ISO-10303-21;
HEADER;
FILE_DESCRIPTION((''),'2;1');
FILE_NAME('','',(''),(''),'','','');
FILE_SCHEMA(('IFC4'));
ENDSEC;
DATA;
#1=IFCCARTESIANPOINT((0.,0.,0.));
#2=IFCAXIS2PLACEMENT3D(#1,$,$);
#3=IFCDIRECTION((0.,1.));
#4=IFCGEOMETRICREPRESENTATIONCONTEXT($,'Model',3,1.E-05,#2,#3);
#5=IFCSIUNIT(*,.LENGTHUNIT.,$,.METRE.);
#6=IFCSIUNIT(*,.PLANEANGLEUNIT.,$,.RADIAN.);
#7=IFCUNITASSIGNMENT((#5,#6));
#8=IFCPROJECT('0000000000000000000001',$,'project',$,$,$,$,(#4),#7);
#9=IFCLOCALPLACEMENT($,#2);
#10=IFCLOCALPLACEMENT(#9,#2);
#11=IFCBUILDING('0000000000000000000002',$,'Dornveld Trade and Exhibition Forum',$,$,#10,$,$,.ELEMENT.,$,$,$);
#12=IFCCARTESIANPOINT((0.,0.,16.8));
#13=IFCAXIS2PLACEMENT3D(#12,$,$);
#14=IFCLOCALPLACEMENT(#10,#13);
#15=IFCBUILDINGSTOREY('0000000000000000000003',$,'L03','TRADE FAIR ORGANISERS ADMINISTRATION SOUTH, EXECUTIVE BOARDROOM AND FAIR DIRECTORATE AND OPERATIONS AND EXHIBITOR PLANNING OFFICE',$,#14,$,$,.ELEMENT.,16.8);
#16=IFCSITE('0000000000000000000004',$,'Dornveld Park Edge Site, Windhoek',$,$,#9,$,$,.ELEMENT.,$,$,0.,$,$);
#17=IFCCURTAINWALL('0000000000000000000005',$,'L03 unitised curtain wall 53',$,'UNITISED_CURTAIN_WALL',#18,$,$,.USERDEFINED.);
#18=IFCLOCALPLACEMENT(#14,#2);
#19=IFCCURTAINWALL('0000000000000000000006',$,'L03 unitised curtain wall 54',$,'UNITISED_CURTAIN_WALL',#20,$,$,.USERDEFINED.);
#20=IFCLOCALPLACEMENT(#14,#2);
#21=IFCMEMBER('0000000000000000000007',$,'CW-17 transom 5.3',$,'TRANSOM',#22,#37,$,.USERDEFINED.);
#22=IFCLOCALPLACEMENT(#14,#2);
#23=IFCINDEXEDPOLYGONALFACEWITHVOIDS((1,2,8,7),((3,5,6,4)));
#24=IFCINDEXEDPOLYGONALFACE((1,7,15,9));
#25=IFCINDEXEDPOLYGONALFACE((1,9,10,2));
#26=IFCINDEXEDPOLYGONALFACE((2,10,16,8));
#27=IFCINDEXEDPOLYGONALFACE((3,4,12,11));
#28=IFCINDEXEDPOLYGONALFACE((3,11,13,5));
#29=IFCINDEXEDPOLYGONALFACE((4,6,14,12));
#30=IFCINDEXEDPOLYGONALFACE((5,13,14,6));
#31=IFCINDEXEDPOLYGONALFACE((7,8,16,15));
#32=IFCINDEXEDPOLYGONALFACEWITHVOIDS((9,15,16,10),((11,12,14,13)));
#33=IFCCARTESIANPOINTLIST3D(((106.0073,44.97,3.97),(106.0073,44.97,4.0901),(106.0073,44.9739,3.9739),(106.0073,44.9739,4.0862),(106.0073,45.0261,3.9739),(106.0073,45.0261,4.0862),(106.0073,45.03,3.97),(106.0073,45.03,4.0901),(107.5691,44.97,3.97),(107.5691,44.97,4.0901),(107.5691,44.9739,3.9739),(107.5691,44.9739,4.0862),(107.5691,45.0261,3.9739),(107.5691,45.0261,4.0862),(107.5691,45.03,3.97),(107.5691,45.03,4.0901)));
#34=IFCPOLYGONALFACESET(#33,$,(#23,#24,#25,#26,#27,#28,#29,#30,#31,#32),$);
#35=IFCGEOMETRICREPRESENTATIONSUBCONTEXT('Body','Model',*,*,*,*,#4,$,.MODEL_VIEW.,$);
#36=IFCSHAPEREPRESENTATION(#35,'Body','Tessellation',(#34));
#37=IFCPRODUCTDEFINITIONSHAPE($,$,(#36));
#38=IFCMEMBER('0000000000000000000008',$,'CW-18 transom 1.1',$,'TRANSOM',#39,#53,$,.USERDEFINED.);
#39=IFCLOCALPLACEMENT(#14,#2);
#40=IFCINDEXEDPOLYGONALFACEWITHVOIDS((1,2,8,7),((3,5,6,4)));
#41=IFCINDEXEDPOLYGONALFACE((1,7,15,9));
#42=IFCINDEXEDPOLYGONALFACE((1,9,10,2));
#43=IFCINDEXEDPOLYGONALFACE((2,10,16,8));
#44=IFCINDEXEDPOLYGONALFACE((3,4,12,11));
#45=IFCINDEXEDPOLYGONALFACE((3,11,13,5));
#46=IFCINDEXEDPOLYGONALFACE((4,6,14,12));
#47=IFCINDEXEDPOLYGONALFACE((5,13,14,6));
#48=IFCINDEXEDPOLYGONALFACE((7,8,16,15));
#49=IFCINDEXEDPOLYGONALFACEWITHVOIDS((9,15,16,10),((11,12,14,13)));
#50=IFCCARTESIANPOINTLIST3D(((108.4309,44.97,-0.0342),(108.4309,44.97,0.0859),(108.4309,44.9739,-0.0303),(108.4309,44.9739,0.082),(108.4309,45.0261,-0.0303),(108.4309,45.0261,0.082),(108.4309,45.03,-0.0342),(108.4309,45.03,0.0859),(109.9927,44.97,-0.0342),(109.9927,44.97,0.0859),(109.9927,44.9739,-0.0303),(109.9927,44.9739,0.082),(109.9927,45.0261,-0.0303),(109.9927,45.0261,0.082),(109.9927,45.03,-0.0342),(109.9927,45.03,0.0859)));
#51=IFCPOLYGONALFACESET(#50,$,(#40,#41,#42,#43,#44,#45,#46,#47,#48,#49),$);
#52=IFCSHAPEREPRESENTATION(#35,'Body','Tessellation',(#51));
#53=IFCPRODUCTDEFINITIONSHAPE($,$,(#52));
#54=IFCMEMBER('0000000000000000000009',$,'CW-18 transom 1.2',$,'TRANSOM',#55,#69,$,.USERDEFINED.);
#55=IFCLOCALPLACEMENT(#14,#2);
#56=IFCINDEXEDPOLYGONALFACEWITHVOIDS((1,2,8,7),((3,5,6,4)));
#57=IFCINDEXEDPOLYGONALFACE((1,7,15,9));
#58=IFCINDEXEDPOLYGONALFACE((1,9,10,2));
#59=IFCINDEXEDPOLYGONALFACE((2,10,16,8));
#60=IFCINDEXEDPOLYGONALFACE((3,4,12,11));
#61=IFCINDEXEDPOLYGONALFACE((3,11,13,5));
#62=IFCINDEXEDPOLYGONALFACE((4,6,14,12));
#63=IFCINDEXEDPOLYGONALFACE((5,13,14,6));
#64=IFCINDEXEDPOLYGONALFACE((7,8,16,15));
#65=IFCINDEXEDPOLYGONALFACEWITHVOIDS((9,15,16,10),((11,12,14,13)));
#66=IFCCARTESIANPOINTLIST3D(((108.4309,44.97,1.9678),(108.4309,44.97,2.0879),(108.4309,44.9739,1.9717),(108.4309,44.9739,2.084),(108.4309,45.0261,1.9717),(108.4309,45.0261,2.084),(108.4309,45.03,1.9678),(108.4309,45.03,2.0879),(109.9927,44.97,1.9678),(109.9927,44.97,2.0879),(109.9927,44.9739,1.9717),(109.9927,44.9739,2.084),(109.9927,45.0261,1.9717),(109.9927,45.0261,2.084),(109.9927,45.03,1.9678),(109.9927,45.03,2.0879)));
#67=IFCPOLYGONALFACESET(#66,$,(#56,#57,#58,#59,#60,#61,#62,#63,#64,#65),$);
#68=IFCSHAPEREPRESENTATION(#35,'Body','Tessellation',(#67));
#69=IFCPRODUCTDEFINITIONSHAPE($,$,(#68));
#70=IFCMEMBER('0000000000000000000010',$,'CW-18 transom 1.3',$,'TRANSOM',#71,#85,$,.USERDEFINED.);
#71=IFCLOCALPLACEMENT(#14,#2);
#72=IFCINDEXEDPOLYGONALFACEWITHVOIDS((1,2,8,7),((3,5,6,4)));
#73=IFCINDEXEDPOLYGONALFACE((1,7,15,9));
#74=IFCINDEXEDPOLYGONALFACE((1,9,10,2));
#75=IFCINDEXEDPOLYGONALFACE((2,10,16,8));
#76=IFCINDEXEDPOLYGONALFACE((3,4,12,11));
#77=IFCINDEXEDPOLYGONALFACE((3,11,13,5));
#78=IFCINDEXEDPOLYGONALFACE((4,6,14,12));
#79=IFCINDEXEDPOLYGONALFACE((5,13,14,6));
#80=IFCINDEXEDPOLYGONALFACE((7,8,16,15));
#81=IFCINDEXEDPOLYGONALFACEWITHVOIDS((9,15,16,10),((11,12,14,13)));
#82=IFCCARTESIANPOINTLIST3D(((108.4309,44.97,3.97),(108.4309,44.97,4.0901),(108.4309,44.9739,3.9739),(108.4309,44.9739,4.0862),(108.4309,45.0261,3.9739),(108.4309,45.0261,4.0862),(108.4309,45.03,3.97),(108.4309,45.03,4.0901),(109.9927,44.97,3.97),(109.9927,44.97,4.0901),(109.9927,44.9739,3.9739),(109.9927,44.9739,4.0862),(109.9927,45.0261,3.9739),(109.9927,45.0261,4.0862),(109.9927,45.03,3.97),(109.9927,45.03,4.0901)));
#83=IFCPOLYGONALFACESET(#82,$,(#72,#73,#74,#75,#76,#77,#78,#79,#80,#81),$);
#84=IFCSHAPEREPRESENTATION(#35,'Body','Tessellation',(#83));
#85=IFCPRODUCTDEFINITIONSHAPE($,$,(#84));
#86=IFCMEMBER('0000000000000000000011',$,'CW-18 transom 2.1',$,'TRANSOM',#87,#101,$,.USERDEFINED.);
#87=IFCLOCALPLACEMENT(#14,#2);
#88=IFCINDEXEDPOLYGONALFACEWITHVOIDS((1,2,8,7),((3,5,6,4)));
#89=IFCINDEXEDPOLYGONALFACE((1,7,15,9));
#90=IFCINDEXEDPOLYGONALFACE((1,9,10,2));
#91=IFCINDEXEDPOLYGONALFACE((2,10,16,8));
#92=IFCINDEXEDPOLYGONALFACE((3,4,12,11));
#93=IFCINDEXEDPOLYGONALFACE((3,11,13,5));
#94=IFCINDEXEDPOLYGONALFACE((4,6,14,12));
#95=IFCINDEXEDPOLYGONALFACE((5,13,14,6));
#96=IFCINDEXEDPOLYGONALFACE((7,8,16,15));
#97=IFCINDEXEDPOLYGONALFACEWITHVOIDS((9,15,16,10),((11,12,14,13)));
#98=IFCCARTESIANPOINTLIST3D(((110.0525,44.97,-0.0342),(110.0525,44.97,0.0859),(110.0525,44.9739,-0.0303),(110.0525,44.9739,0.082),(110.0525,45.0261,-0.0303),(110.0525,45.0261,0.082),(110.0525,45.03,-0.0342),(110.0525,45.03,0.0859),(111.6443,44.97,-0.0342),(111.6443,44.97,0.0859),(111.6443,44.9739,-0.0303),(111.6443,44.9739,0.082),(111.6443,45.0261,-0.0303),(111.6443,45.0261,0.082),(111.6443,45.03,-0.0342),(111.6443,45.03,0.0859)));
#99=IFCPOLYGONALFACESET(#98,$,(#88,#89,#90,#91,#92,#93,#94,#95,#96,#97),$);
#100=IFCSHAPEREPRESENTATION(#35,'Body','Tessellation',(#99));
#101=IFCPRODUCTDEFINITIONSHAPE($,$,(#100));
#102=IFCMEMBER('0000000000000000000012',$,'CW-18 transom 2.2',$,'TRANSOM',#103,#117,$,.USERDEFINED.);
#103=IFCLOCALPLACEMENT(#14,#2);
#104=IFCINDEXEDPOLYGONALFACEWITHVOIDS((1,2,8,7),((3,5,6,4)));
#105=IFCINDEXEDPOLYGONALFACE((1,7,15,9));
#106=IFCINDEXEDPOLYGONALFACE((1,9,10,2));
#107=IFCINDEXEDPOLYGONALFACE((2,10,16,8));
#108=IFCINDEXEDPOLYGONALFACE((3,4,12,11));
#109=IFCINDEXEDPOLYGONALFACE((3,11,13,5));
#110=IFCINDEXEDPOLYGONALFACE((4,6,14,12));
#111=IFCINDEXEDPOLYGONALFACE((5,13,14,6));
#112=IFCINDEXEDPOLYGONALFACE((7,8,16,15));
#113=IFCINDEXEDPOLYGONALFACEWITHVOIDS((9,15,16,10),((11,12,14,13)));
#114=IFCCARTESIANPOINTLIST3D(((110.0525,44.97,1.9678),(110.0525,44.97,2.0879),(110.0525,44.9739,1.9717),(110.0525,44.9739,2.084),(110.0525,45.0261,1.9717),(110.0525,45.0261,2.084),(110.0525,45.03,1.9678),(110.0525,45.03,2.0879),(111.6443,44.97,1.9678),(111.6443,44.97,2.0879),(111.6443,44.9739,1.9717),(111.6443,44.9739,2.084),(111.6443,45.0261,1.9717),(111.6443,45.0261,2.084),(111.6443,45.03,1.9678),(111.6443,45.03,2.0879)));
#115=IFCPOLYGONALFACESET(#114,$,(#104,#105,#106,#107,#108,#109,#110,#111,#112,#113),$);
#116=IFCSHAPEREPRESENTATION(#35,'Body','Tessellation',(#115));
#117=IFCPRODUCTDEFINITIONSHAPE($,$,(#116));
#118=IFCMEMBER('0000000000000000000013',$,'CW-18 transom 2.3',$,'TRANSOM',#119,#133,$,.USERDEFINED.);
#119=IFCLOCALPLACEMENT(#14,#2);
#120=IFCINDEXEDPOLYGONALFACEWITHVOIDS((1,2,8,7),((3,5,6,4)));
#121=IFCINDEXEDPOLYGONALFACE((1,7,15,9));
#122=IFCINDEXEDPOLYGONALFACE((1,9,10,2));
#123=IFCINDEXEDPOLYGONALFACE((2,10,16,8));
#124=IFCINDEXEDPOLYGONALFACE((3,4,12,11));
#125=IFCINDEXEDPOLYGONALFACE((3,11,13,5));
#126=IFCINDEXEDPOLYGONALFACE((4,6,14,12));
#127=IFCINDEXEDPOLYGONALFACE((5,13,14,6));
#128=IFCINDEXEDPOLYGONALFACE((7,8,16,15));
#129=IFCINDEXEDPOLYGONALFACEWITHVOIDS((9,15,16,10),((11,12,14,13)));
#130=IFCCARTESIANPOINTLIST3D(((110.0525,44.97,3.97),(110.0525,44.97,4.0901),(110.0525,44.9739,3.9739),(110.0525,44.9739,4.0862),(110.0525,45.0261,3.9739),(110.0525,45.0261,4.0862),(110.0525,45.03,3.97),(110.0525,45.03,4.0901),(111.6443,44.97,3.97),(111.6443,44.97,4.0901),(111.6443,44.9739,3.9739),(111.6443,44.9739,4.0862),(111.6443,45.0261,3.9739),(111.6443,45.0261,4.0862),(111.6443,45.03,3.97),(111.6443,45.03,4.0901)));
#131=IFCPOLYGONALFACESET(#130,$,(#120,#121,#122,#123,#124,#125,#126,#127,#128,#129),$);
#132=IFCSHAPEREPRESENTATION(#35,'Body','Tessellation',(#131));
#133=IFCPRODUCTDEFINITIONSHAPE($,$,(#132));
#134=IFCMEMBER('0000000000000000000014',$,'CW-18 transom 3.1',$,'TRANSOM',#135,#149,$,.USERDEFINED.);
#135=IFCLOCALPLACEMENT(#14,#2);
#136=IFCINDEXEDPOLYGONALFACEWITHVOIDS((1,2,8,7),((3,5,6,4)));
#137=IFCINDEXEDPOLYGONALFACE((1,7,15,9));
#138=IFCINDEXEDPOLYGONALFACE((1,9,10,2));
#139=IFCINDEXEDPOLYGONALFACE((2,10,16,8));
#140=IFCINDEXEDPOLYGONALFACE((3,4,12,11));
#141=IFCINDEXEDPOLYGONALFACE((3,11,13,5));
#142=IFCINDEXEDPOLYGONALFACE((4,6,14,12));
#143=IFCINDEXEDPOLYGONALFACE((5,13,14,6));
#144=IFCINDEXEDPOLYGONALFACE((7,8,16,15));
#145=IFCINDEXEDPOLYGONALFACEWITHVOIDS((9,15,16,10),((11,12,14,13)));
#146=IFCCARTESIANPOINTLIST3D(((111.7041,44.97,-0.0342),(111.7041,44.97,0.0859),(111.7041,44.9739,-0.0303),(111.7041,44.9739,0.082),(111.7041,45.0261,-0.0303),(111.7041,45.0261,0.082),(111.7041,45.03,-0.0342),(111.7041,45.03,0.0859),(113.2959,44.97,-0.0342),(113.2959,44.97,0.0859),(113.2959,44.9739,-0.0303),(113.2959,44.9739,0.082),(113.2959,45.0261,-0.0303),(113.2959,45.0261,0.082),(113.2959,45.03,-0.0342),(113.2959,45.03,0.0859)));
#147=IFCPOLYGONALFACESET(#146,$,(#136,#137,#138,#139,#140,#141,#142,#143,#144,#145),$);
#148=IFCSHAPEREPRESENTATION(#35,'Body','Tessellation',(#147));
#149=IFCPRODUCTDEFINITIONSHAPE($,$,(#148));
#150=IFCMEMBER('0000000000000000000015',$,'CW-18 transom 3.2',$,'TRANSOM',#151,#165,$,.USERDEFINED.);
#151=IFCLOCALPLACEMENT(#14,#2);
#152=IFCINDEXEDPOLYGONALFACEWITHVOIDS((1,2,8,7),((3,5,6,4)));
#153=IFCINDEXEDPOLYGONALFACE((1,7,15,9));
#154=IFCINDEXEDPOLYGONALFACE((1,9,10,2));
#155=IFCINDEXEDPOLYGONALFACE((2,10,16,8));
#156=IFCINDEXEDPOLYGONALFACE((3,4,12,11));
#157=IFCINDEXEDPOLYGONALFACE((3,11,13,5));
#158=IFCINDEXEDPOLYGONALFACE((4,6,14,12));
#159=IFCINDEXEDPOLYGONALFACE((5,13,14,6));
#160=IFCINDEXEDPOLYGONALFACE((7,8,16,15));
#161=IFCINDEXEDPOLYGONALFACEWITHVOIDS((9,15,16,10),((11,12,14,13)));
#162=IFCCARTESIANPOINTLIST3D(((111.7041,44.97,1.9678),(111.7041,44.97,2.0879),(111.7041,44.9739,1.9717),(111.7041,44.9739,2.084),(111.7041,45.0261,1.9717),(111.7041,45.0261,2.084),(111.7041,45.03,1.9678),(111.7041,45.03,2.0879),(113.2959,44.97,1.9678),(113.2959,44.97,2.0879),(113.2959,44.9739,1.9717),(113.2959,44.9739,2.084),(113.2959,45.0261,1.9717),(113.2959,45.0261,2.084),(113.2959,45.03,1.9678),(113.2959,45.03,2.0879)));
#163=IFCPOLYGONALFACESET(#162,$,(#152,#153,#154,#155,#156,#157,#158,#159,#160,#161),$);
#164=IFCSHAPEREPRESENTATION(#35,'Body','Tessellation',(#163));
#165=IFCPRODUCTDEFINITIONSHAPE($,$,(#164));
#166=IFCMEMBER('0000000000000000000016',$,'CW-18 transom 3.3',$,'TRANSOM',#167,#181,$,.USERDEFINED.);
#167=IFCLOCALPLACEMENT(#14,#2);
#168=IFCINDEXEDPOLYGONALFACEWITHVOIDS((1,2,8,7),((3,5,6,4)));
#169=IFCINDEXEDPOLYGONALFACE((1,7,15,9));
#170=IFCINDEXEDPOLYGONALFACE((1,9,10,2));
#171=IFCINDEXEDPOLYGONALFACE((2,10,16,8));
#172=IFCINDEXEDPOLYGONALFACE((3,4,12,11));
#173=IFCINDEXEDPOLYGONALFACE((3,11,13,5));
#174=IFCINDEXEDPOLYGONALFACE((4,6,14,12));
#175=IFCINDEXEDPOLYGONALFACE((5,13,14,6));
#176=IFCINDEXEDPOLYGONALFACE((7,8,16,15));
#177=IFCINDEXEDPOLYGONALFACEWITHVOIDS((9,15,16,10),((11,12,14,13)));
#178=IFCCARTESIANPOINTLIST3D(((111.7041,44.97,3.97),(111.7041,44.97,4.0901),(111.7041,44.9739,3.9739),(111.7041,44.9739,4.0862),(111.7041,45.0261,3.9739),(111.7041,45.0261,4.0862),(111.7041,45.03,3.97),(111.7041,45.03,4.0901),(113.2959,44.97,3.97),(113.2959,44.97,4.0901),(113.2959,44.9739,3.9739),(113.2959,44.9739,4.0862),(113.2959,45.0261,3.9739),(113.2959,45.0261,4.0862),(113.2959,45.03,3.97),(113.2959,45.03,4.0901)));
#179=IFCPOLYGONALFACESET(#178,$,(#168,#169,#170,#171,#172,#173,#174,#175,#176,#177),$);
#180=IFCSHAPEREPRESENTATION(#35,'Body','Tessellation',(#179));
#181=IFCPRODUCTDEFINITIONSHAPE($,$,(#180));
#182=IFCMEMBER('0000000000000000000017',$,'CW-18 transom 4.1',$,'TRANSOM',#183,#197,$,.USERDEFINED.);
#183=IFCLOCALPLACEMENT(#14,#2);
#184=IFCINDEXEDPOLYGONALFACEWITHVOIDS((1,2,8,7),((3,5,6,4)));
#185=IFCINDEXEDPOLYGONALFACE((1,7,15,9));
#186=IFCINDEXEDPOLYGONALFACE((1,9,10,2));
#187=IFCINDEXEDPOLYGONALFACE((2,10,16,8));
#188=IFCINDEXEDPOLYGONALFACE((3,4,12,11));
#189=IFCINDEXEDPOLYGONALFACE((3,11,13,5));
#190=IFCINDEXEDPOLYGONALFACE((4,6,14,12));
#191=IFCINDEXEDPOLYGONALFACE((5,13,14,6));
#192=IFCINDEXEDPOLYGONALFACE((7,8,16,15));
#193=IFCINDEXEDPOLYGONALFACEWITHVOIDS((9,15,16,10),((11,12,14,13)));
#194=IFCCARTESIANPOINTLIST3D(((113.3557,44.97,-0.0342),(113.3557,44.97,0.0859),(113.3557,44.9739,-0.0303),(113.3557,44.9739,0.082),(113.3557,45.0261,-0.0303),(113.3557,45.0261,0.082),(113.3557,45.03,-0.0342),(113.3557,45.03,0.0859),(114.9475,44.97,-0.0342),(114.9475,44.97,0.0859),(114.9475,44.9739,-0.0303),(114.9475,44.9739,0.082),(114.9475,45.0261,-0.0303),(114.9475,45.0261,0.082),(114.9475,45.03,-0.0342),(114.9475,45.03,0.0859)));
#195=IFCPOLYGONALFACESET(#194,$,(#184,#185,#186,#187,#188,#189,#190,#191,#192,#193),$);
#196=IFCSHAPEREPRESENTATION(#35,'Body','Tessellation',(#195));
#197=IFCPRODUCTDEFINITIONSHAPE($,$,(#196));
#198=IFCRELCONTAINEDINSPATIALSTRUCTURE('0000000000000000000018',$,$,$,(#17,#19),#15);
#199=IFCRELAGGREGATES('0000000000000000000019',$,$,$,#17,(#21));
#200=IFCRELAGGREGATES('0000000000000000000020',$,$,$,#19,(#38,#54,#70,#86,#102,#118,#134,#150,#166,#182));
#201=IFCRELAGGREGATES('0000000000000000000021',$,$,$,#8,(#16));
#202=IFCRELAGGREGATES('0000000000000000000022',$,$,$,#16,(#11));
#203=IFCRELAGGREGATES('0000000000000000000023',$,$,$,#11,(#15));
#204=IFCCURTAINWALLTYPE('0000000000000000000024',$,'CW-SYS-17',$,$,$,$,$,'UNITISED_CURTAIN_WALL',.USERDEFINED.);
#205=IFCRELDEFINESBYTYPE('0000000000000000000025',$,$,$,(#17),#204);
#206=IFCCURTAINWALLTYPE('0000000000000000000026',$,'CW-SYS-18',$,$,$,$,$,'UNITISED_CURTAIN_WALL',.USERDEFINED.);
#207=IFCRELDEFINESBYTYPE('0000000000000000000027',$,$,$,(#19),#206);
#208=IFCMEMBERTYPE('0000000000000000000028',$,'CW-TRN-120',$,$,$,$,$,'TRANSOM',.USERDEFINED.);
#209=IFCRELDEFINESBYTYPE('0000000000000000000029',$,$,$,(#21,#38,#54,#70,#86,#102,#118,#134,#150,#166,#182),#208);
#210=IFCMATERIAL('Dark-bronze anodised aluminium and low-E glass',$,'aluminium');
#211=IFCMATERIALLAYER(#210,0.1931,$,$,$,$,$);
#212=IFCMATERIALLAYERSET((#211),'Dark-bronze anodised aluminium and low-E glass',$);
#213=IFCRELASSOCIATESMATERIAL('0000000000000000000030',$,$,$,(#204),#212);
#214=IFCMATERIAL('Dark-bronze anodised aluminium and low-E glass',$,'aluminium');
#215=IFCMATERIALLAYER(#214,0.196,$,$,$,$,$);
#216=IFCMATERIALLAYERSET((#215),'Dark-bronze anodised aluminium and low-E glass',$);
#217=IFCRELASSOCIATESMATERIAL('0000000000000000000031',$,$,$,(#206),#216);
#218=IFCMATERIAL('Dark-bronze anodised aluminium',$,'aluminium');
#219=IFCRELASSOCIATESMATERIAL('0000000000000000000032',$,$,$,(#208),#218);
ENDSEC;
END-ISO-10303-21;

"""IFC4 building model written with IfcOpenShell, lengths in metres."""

from ifc_helpers import new_model, si_unit, direction, frame, origin, origin_2d, place, context, subcontext, project, spatial, hollow_rectangle, extrude, material, layer, layer_set, material_profile, profile_set, type_object, element, aggregate, save


model = new_model("IFC4")

# Units and contexts
model_context = context("Model", 3, precision=1e-05, world=origin(), true_north=direction((0.0, 1.0)))
body_context = subcontext(model_context, "Body", "Model", "MODEL_VIEW")
ifc_project = project(units=[si_unit("LENGTHUNIT", "METRE"), si_unit("PLANEANGLEUNIT", "RADIAN")], contexts=[model_context])

# Site, building, storey
site_placement = place(None, origin())
site = spatial("IfcSite", under=ifc_project, at=site_placement, Name="Dornveld Park Edge Site, Windhoek", CompositionType="ELEMENT", RefElevation=0.0)
building_placement = place(site_placement, origin())
building = spatial("IfcBuilding", under=site, at=building_placement, Name="Dornveld Trade and Exhibition Forum", CompositionType="ELEMENT")
storey_placement = place(building_placement, frame((0.0, 0.0, 16.8)))
storey = spatial("IfcBuildingStorey", under=building, at=storey_placement, Name="L03", Description="TRADE FAIR ORGANISERS ADMINISTRATION SOUTH, EXECUTIVE BOARDROOM AND FAIR DIRECTORATE AND OPERATIONS AND EXHIBITOR PLANNING OFFICE", CompositionType="ELEMENT", Elevation=16.8)

# Curtain walls
ifc_material_1 = material(Name="Dark-bronze anodised aluminium and low-E glass", Category="aluminium")
ifc_layer_1 = layer(ifc_material_1, 0.1931)
ifc_layer_set_1 = layer_set([ifc_layer_1], Name="Dark-bronze anodised aluminium and low-E glass")
curtain_wall_type_1 = type_object("IfcCurtainWallType", Name="CW-SYS-17", ElementType="UNITISED_CURTAIN_WALL", PredefinedType="USERDEFINED", material=ifc_layer_set_1)
curtain_wall_1_placement = place(storey_placement, origin())
curtain_wall_1 = element("IfcCurtainWall", 1, at=curtain_wall_1_placement, inside=storey, type_object=curtain_wall_type_1, Name="L03 unitised curtain wall 53", ObjectType="UNITISED_CURTAIN_WALL", PredefinedType="USERDEFINED")
ifc_material_2 = material(Name="Dark-bronze anodised aluminium and low-E glass", Category="aluminium")
ifc_layer_2 = layer(ifc_material_2, 0.196)
ifc_layer_set_2 = layer_set([ifc_layer_2], Name="Dark-bronze anodised aluminium and low-E glass")
curtain_wall_type_2 = type_object("IfcCurtainWallType", Name="CW-SYS-18", ElementType="UNITISED_CURTAIN_WALL", PredefinedType="USERDEFINED", material=ifc_layer_set_2)
curtain_wall_2_placement = place(storey_placement, origin())
curtain_wall_2 = element("IfcCurtainWall", 2, at=curtain_wall_2_placement, inside=storey, type_object=curtain_wall_type_2, Name="L03 unitised curtain wall 54", ObjectType="UNITISED_CURTAIN_WALL", PredefinedType="USERDEFINED")

# Members
ifc_material_3 = material(Name="Dark-bronze anodised aluminium", Category="aluminium")
ifc_material_profile_1 = material_profile(ifc_material_3, hollow_rectangle(XDim=0.0601, YDim=0.1201, WallThickness=0.0039, at=origin_2d()), Name="RHS 120x60x4")
ifc_profile_set_1 = profile_set([ifc_material_profile_1], Name="Dark-bronze anodised aluminium")
member_type_1 = type_object("IfcMemberType", Name="CW-TRN-120", ElementType="TRANSOM", PredefinedType="USERDEFINED", material=ifc_profile_set_1)
member_1_placement = place(storey_placement, frame((106.0073, 45.0, 4.03), z_axis=(1.0, 0.0, 0.0), x_axis=(0.0, 1.0, 0.0)))
member_1 = element("IfcMember", 3, at=member_1_placement, type_object=member_type_1, Name="CW-17 transom 5.3", ObjectType="TRANSOM", PredefinedType="USERDEFINED", context=body_context, shape_type="SweptSolid", body=[
    extrude(hollow_rectangle(XDim=0.0601, YDim=0.1201, WallThickness=0.0039, at=origin_2d()), origin(), (0.0, 0.0, 1.0), 1.5618),
])
member_2_placement = place(storey_placement, frame((108.4309, 45.0, 0.0259), z_axis=(1.0, 0.0, 0.0), x_axis=(0.0, 1.0, 0.0)))
member_2 = element("IfcMember", 4, at=member_2_placement, type_object=member_type_1, Name="CW-18 transom 1.1", ObjectType="TRANSOM", PredefinedType="USERDEFINED", context=body_context, shape_type="SweptSolid", body=[
    extrude(hollow_rectangle(XDim=0.0601, YDim=0.1201, WallThickness=0.0039, at=origin_2d()), origin(), (0.0, 0.0, 1.0), 1.5618),
])
member_3_placement = place(storey_placement, frame((108.4309, 45.0, 2.0278), z_axis=(1.0, 0.0, 0.0), x_axis=(0.0, 1.0, 0.0)))
member_3 = element("IfcMember", 5, at=member_3_placement, type_object=member_type_1, Name="CW-18 transom 1.2", ObjectType="TRANSOM", PredefinedType="USERDEFINED", context=body_context, shape_type="SweptSolid", body=[
    extrude(hollow_rectangle(XDim=0.0601, YDim=0.1201, WallThickness=0.0039, at=origin_2d()), origin(), (0.0, 0.0, 1.0), 1.5618),
])
member_4_placement = place(storey_placement, frame((108.4309, 45.0, 4.03), z_axis=(1.0, 0.0, 0.0), x_axis=(0.0, 1.0, 0.0)))
member_4 = element("IfcMember", 6, at=member_4_placement, type_object=member_type_1, Name="CW-18 transom 1.3", ObjectType="TRANSOM", PredefinedType="USERDEFINED", context=body_context, shape_type="SweptSolid", body=[
    extrude(hollow_rectangle(XDim=0.0601, YDim=0.1201, WallThickness=0.0039, at=origin_2d()), origin(), (0.0, 0.0, 1.0), 1.5618),
])
member_5_placement = place(storey_placement, frame((110.0525, 45.0, 0.0259), z_axis=(1.0, 0.0, 0.0), x_axis=(0.0, 1.0, 0.0)))
member_5 = element("IfcMember", 7, at=member_5_placement, type_object=member_type_1, Name="CW-18 transom 2.1", ObjectType="TRANSOM", PredefinedType="USERDEFINED", context=body_context, shape_type="SweptSolid", body=[
    extrude(hollow_rectangle(XDim=0.0601, YDim=0.1201, WallThickness=0.0039, at=origin_2d()), origin(), (0.0, 0.0, 1.0), 1.5918),
])
member_6_placement = place(storey_placement, frame((110.0525, 45.0, 2.0278), z_axis=(1.0, 0.0, 0.0), x_axis=(0.0, 1.0, 0.0)))
member_6 = element("IfcMember", 8, at=member_6_placement, type_object=member_type_1, Name="CW-18 transom 2.2", ObjectType="TRANSOM", PredefinedType="USERDEFINED", context=body_context, shape_type="SweptSolid", body=[
    extrude(hollow_rectangle(XDim=0.0601, YDim=0.1201, WallThickness=0.0039, at=origin_2d()), origin(), (0.0, 0.0, 1.0), 1.5918),
])
member_7_placement = place(storey_placement, frame((110.0525, 45.0, 4.03), z_axis=(1.0, 0.0, 0.0), x_axis=(0.0, 1.0, 0.0)))
member_7 = element("IfcMember", 9, at=member_7_placement, type_object=member_type_1, Name="CW-18 transom 2.3", ObjectType="TRANSOM", PredefinedType="USERDEFINED", context=body_context, shape_type="SweptSolid", body=[
    extrude(hollow_rectangle(XDim=0.0601, YDim=0.1201, WallThickness=0.0039, at=origin_2d()), origin(), (0.0, 0.0, 1.0), 1.5918),
])
member_8_placement = place(storey_placement, frame((111.7041, 45.0, 0.0259), z_axis=(1.0, 0.0, 0.0), x_axis=(0.0, 1.0, 0.0)))
member_8 = element("IfcMember", 10, at=member_8_placement, type_object=member_type_1, Name="CW-18 transom 3.1", ObjectType="TRANSOM", PredefinedType="USERDEFINED", context=body_context, shape_type="SweptSolid", body=[
    extrude(hollow_rectangle(XDim=0.0601, YDim=0.1201, WallThickness=0.0039, at=origin_2d()), origin(), (0.0, 0.0, 1.0), 1.5918),
])
member_9_placement = place(storey_placement, frame((111.7041, 45.0, 2.0278), z_axis=(1.0, 0.0, 0.0), x_axis=(0.0, 1.0, 0.0)))
member_9 = element("IfcMember", 11, at=member_9_placement, type_object=member_type_1, Name="CW-18 transom 3.2", ObjectType="TRANSOM", PredefinedType="USERDEFINED", context=body_context, shape_type="SweptSolid", body=[
    extrude(hollow_rectangle(XDim=0.0601, YDim=0.1201, WallThickness=0.0039, at=origin_2d()), origin(), (0.0, 0.0, 1.0), 1.5918),
])
member_10_placement = place(storey_placement, frame((111.7041, 45.0, 4.03), z_axis=(1.0, 0.0, 0.0), x_axis=(0.0, 1.0, 0.0)))
member_10 = element("IfcMember", 12, at=member_10_placement, type_object=member_type_1, Name="CW-18 transom 3.3", ObjectType="TRANSOM", PredefinedType="USERDEFINED", context=body_context, shape_type="SweptSolid", body=[
    extrude(hollow_rectangle(XDim=0.0601, YDim=0.1201, WallThickness=0.0039, at=origin_2d()), origin(), (0.0, 0.0, 1.0), 1.5918),
])
member_11_placement = place(storey_placement, frame((113.3557, 45.0, 0.0259), z_axis=(1.0, 0.0, 0.0), x_axis=(0.0, 1.0, 0.0)))
member_11 = element("IfcMember", 13, at=member_11_placement, type_object=member_type_1, Name="CW-18 transom 4.1", ObjectType="TRANSOM", PredefinedType="USERDEFINED", context=body_context, shape_type="SweptSolid", body=[
    extrude(hollow_rectangle(XDim=0.0601, YDim=0.1201, WallThickness=0.0039, at=origin_2d()), origin(), (0.0, 0.0, 1.0), 1.5918),
])

aggregate(curtain_wall_1, [member_1])
aggregate(curtain_wall_2, [member_2, member_3, member_4, member_5, member_6, member_7, member_8, member_9, member_10, member_11])

save(model, "model.ifc")
